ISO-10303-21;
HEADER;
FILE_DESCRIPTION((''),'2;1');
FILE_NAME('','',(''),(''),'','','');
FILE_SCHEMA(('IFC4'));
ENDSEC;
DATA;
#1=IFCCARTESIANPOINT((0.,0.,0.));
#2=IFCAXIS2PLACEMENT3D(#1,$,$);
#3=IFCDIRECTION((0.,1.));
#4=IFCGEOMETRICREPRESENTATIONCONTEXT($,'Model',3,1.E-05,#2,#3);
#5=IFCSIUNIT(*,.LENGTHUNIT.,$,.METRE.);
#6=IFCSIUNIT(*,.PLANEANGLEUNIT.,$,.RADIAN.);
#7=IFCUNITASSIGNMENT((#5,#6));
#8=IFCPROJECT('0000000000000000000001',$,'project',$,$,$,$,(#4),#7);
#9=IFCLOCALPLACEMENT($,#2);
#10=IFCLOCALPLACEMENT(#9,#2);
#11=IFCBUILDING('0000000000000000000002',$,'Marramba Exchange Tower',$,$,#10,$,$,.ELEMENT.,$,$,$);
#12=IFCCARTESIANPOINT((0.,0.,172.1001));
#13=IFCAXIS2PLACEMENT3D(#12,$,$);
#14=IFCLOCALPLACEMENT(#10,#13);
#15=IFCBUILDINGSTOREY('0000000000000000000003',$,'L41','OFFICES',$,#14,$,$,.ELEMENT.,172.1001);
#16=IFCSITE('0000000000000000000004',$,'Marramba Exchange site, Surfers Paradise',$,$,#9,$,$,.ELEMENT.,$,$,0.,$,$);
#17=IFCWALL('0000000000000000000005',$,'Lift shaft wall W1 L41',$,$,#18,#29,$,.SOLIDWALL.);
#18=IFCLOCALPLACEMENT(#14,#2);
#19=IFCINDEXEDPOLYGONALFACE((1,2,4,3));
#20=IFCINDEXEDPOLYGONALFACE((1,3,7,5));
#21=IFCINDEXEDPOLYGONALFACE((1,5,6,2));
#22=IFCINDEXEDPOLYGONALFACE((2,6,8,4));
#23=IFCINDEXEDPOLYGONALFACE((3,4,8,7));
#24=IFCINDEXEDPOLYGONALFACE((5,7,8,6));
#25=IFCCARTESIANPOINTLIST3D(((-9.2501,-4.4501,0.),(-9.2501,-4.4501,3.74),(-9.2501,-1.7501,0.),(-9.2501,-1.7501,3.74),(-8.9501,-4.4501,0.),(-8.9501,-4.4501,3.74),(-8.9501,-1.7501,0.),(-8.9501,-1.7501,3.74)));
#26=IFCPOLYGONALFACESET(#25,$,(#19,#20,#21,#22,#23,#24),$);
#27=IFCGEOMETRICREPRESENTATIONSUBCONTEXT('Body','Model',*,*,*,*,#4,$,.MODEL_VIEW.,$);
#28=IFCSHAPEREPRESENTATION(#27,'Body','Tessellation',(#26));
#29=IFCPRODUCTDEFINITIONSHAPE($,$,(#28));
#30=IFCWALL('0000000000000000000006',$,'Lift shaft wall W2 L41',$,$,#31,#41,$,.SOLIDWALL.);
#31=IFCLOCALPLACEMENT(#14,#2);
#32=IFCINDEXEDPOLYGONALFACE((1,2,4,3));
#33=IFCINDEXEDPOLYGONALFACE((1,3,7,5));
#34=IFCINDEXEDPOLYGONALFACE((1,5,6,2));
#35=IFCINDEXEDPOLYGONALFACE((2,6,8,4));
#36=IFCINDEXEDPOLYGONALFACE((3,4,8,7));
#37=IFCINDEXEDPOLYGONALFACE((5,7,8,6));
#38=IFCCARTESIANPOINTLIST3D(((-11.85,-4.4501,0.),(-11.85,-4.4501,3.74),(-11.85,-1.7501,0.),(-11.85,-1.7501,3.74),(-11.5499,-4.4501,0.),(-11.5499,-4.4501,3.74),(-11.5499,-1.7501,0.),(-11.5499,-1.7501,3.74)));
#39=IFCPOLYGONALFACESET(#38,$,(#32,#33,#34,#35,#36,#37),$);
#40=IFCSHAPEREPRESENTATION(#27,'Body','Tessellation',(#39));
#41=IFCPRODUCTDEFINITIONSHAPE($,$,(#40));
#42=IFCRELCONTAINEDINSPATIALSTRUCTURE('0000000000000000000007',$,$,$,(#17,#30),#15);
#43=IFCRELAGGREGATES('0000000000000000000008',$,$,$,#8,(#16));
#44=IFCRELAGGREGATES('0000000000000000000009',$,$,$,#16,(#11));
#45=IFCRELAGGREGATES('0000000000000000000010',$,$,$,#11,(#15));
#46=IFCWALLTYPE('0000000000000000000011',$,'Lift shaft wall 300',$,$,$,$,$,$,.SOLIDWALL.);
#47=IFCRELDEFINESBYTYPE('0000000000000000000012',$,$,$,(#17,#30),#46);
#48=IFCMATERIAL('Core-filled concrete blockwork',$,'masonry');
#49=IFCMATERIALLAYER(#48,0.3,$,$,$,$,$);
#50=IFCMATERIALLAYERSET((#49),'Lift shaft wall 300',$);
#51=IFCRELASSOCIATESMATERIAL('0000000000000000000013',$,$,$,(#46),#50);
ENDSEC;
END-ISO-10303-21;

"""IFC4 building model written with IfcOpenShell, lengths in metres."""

from ifc_helpers import new_model, si_unit, direction, frame, frame_2d, origin, place, context, subcontext, project, spatial, rectangle, extrude, material, layer, layer_set, type_object, element, save


model = new_model("IFC4")

# Units and contexts
model_context = context("Model", 3, precision=1e-05, world=origin(), true_north=direction((0.0, 1.0)))
body_context = subcontext(model_context, "Body", "Model", "MODEL_VIEW")
ifc_project = project(units=[si_unit("LENGTHUNIT", "METRE"), si_unit("PLANEANGLEUNIT", "RADIAN")], contexts=[model_context])

# Site, building, storey
site_placement = place(None, origin())
site = spatial("IfcSite", under=ifc_project, at=site_placement, Name="Marramba Exchange site, Surfers Paradise", CompositionType="ELEMENT", RefElevation=0.0)
building_placement = place(site_placement, origin())
building = spatial("IfcBuilding", under=site, at=building_placement, Name="Marramba Exchange Tower", CompositionType="ELEMENT")
storey_placement = place(building_placement, frame((0.0, 0.0, 172.1001)))
storey = spatial("IfcBuildingStorey", under=building, at=storey_placement, Name="L41", Description="OFFICES", CompositionType="ELEMENT", Elevation=172.1001)

# Walls
ifc_material_1 = material(Name="Core-filled concrete blockwork", Category="masonry")
ifc_layer_1 = layer(ifc_material_1, 0.3)
ifc_layer_set_1 = layer_set([ifc_layer_1], Name="Lift shaft wall 300")
wall_type_1 = type_object("IfcWallType", Name="Lift shaft wall 300", PredefinedType="SOLIDWALL", material=ifc_layer_set_1)
for number, where, z_axis, x_axis, name in (
    (1, (-9.1001, -1.75, 0.0), (0.0, 0.0, 1.0), (0.0, -1.0, 0.0), "Lift shaft wall W1 L41"),
    (2, (-11.7, -1.75, 0.0), (0.0, 0.0, 1.0), (0.0, -1.0, 0.0), "Lift shaft wall W2 L41"),
):
    element("IfcWall", number, at=place(storey_placement, frame(where, z_axis=z_axis, x_axis=x_axis)), inside=storey, type_object=wall_type_1, Name=name, PredefinedType="SOLIDWALL", context=body_context, shape_type="SweptSolid", body=[
        extrude(rectangle(XDim=2.7, YDim=0.3, at=frame_2d((1.3501, 0.0))), origin(), (0.0, 0.0, 1.0), 3.74),
    ])

save(model, "model.ifc")
